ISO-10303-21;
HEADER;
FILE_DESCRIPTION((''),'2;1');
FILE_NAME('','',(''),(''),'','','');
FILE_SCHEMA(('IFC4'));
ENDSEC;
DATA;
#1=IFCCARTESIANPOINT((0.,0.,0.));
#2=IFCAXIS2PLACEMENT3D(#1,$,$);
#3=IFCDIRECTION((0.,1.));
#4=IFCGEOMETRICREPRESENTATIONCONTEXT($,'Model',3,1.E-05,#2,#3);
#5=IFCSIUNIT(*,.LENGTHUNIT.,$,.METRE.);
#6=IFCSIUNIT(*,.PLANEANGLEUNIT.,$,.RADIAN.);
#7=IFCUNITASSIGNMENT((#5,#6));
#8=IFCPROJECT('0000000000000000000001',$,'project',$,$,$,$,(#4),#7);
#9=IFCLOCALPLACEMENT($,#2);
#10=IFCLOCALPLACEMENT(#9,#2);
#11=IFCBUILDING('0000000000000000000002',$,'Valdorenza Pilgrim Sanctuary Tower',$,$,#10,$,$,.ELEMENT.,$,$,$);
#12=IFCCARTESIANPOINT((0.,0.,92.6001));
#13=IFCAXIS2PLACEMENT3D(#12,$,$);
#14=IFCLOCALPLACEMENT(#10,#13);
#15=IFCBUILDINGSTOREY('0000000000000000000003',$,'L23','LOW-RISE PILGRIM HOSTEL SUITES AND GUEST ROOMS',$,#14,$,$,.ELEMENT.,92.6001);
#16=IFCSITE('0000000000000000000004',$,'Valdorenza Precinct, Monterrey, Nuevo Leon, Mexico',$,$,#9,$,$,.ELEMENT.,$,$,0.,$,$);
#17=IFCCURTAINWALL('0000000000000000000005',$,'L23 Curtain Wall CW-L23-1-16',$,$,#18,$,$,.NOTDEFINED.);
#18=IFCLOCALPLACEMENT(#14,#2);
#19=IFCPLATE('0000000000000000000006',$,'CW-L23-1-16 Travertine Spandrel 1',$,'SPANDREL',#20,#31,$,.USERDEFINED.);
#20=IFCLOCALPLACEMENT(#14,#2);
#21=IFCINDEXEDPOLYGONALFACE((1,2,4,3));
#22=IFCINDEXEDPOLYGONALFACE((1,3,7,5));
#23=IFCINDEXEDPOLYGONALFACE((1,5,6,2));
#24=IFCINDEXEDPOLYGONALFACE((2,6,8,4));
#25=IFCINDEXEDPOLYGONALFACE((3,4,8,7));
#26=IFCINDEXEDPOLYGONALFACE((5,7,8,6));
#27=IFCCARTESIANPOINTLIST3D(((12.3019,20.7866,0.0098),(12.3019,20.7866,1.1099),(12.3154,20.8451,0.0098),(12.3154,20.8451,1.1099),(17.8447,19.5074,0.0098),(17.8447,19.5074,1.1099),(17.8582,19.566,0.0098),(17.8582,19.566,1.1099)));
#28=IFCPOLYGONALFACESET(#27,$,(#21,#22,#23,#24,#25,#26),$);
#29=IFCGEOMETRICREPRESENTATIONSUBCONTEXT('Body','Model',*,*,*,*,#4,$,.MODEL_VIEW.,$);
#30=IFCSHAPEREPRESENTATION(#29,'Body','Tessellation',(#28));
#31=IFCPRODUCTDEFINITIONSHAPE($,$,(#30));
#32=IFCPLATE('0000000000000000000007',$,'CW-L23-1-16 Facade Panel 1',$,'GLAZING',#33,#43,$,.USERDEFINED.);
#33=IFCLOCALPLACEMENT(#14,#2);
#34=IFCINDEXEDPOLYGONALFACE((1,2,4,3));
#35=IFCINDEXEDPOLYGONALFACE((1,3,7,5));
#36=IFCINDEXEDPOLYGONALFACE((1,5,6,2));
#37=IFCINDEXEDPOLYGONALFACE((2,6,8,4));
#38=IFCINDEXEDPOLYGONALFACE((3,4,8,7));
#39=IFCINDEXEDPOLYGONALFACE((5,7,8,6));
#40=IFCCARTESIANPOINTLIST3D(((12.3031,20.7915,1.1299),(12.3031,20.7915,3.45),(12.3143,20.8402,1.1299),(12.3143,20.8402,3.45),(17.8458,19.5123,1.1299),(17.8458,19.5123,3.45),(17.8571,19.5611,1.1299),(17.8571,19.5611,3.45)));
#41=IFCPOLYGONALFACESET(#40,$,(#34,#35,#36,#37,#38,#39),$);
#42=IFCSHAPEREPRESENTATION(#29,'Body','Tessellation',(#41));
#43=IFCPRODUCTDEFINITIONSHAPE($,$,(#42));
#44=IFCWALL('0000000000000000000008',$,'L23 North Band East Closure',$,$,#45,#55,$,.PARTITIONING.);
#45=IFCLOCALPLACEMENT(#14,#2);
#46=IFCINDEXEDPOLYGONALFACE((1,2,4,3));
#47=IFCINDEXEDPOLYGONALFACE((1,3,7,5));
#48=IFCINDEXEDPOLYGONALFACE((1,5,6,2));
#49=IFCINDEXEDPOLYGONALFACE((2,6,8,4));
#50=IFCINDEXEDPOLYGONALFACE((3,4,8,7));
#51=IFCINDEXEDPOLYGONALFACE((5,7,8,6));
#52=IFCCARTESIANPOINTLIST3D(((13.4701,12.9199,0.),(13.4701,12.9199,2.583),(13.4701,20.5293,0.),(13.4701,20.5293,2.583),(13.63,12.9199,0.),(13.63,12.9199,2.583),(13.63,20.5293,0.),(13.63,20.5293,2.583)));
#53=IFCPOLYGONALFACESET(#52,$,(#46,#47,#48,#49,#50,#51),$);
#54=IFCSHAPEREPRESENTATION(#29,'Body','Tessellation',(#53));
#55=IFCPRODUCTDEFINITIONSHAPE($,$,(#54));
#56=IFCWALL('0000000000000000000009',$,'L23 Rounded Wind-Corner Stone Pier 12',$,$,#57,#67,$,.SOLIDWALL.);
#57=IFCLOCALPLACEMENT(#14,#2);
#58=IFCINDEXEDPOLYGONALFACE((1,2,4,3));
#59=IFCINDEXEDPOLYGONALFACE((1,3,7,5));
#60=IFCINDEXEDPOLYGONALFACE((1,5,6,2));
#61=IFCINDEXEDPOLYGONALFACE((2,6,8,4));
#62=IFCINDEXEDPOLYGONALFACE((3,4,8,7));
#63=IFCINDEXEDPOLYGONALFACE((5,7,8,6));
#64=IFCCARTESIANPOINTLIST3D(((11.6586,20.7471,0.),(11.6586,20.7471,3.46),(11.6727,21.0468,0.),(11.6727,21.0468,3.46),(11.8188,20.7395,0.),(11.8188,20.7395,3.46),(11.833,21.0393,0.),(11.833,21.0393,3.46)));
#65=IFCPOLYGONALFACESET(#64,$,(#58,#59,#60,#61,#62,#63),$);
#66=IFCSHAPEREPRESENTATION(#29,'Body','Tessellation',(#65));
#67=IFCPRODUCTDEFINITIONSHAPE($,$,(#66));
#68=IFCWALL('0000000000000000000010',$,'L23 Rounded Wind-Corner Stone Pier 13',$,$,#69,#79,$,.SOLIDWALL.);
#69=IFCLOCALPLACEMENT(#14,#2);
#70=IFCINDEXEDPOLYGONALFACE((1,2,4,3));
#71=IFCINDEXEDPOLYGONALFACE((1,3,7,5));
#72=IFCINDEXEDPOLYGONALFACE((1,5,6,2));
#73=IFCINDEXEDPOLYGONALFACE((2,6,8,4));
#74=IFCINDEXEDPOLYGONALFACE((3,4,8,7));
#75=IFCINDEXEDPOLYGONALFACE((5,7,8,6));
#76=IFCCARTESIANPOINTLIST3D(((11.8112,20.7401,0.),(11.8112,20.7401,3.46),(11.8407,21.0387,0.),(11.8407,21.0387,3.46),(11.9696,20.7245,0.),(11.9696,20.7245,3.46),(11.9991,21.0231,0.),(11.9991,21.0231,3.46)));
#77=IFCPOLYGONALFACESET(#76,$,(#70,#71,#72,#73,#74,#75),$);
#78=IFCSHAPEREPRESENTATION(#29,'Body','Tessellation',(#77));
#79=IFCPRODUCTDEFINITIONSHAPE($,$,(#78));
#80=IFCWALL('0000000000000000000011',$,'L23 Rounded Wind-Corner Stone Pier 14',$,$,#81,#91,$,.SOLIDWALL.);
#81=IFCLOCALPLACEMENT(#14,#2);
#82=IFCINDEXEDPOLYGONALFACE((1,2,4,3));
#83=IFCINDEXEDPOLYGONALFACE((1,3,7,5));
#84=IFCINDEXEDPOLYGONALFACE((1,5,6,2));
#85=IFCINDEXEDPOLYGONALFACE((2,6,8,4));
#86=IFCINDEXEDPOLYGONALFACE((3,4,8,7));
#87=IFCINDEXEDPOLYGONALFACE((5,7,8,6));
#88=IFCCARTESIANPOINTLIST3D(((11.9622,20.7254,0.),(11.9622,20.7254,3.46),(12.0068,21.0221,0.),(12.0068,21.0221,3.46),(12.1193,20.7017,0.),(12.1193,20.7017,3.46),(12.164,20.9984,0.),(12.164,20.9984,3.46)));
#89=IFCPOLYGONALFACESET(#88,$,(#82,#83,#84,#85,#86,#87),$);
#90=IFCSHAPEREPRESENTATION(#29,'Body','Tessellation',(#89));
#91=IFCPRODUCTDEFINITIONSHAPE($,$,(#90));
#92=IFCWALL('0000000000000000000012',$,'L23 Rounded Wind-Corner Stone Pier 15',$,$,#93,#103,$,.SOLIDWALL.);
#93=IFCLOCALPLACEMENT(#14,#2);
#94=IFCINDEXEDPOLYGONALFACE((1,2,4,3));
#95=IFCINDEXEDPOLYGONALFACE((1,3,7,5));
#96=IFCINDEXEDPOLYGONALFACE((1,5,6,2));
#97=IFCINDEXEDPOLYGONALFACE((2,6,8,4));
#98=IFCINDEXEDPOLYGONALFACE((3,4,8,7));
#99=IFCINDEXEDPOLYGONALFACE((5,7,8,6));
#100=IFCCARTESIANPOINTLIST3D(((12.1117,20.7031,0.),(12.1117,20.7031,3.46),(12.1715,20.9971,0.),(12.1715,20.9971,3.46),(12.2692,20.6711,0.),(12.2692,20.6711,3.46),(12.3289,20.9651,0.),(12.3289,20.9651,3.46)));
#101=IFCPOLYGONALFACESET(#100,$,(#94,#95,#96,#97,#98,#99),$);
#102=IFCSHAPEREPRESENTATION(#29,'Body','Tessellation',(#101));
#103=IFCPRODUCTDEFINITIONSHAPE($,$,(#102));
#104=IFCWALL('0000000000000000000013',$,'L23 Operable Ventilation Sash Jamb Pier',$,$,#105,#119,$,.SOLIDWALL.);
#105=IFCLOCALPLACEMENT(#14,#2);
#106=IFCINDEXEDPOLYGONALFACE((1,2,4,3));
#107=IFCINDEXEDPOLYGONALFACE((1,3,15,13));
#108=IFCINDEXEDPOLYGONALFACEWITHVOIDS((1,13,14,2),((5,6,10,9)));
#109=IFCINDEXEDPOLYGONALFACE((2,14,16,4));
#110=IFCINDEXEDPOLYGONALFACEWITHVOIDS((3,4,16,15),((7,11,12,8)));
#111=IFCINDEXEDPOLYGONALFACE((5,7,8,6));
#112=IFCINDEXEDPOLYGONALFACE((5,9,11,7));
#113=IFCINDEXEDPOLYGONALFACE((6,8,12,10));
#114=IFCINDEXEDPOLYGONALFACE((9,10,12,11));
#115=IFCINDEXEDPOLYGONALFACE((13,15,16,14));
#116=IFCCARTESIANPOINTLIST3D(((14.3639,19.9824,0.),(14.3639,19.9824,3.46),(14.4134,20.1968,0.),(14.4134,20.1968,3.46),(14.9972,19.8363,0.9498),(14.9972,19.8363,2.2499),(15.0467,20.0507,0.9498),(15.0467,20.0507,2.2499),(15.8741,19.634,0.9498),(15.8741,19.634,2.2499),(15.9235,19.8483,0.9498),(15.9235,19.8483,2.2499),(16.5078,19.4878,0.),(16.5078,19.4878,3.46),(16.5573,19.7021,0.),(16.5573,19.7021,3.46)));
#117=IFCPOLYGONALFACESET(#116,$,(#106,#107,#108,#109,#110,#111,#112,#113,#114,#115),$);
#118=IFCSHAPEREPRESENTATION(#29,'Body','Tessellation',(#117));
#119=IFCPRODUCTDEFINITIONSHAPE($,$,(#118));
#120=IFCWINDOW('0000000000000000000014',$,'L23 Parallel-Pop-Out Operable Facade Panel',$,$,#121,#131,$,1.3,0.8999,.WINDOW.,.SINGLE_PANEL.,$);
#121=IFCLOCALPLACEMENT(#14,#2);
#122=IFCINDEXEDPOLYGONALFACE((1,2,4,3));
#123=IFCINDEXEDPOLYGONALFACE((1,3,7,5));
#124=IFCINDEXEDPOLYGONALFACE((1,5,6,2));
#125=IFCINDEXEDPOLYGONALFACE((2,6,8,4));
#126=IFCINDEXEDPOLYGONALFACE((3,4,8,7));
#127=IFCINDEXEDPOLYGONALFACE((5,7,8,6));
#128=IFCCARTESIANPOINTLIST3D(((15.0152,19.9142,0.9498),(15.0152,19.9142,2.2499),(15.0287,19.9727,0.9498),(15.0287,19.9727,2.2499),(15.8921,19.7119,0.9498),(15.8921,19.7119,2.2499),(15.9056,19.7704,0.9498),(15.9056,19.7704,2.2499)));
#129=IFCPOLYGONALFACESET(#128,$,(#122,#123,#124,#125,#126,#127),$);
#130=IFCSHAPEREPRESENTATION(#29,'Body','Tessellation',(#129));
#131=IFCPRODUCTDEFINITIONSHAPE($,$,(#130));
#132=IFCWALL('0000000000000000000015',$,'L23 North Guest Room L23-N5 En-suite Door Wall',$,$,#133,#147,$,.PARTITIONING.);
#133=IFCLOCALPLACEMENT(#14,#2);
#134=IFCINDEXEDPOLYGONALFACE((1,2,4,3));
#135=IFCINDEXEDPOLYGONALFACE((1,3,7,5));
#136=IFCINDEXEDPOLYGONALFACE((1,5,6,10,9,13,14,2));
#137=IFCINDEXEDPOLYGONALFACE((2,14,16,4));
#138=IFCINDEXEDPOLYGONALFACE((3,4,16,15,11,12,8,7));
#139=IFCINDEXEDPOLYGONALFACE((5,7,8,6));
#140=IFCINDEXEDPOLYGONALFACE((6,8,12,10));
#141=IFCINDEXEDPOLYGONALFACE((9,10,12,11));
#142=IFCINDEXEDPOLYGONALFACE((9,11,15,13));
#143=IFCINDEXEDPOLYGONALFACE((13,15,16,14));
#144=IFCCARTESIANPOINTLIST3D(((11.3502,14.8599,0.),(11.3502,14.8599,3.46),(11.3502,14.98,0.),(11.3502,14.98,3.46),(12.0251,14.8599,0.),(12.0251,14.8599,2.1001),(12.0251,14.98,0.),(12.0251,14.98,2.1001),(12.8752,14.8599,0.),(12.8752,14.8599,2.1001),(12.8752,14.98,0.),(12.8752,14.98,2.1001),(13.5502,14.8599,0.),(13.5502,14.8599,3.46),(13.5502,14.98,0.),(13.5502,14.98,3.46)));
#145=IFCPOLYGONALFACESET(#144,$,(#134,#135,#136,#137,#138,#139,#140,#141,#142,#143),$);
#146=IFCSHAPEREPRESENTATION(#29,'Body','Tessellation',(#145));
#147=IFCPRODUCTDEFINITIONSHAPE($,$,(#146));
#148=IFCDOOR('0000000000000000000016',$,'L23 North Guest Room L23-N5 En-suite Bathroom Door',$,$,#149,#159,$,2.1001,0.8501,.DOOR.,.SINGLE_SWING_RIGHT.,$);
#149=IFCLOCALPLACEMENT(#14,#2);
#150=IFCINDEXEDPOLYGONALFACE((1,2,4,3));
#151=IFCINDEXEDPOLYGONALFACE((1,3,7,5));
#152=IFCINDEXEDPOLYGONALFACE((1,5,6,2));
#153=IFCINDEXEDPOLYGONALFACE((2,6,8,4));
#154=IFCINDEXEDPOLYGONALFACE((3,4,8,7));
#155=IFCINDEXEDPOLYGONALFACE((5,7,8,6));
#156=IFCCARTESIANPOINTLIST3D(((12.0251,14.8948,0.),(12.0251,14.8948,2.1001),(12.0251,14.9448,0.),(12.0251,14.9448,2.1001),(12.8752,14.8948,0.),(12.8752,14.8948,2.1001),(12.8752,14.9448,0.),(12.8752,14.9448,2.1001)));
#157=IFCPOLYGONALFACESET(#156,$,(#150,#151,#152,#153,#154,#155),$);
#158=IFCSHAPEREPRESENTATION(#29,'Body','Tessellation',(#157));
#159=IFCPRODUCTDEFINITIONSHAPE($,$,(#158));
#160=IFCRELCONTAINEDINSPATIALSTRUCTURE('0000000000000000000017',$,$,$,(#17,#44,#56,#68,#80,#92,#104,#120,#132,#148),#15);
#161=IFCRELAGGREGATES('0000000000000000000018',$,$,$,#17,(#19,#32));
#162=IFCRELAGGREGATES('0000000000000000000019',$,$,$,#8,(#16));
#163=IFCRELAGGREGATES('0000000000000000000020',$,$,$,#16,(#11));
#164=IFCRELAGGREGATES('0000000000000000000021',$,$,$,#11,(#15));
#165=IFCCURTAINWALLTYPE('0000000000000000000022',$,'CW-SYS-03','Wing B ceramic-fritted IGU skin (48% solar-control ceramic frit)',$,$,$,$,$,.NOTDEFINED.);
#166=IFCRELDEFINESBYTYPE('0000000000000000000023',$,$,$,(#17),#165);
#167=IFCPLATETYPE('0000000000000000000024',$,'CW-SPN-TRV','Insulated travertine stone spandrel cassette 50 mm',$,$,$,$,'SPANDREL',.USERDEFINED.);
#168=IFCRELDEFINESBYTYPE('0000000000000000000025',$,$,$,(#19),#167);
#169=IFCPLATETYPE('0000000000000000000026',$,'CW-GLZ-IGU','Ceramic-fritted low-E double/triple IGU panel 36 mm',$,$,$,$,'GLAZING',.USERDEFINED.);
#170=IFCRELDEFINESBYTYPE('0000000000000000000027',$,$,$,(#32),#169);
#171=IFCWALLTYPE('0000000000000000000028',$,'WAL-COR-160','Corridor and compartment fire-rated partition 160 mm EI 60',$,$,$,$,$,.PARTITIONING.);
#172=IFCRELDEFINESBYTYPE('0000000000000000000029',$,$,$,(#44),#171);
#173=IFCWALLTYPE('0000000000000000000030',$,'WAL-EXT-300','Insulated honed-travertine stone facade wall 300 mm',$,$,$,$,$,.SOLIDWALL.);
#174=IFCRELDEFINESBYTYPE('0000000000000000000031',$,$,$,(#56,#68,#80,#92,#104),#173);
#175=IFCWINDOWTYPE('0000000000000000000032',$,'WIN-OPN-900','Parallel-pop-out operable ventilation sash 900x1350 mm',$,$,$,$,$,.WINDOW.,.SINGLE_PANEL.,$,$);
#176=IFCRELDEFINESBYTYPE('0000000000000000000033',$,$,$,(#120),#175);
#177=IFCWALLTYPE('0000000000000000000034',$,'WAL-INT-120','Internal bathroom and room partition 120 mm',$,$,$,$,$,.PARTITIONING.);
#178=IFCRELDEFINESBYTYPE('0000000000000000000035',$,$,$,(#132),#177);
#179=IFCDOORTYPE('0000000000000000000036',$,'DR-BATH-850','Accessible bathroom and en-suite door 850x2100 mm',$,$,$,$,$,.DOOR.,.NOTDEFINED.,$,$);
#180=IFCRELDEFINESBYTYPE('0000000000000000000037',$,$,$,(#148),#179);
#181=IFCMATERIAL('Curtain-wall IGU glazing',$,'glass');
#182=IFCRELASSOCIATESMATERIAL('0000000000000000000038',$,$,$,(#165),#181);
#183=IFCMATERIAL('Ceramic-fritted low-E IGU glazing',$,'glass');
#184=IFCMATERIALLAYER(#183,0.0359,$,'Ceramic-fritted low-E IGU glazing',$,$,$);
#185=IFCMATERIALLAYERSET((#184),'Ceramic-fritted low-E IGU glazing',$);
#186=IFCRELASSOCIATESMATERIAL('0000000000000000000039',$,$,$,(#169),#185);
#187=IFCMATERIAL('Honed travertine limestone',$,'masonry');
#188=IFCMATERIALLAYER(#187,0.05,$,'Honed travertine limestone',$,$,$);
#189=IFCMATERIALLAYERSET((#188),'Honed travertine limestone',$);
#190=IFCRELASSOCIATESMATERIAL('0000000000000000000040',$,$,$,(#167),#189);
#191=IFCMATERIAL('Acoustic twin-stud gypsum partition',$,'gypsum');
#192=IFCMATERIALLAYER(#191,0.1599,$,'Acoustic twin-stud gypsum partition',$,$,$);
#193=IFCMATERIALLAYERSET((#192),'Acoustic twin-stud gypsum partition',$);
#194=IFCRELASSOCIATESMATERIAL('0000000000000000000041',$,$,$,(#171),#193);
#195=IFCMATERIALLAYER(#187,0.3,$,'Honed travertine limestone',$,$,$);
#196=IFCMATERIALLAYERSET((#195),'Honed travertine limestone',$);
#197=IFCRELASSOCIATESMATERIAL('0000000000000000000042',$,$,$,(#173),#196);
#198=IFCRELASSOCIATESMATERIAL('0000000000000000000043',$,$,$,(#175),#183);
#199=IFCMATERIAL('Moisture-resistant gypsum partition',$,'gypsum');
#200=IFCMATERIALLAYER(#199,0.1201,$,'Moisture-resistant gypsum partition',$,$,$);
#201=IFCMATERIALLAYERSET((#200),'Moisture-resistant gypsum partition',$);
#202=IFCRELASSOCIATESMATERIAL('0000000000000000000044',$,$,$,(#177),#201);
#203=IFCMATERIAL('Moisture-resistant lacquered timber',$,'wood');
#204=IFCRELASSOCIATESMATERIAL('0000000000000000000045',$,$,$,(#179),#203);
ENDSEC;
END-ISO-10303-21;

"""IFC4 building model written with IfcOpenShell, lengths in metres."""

from ifc_helpers import new_model, si_unit, direction, frame, frame_2d, origin, origin_2d, place, context, subcontext, project, spatial, rectangle, extrude, source, transform, mapped, material, layer, layer_set, type_object, element, fill, aggregate, save


model = new_model("IFC4")

# Units and contexts
model_context = context("Model", 3, precision=1e-05, world=origin(), true_north=direction((0.0, 1.0)))
body_context = subcontext(model_context, "Body", "Model", "MODEL_VIEW")
ifc_project = project(units=[si_unit("LENGTHUNIT", "METRE"), si_unit("PLANEANGLEUNIT", "RADIAN")], contexts=[model_context])

# Site, building, storey
site_placement = place(None, origin())
site = spatial("IfcSite", under=ifc_project, at=site_placement, Name="Valdorenza Precinct, Monterrey, Nuevo Leon, Mexico", CompositionType="ELEMENT", RefElevation=0.0)
building_placement = place(site_placement, origin())
building = spatial("IfcBuilding", under=site, at=building_placement, Name="Valdorenza Pilgrim Sanctuary Tower", CompositionType="ELEMENT")
storey_placement = place(building_placement, frame((0.0, 0.0, 92.6001)))
storey = spatial("IfcBuildingStorey", under=building, at=storey_placement, Name="L23", Description="LOW-RISE PILGRIM HOSTEL SUITES AND GUEST ROOMS", CompositionType="ELEMENT", Elevation=92.6001)

# Curtain wall
ifc_material_1 = material(Name="Curtain-wall IGU glazing", Category="glass")
curtain_wall_type_1 = type_object("IfcCurtainWallType", Name="CW-SYS-03", Description="Wing B ceramic-fritted IGU skin (48% solar-control ceramic frit)", PredefinedType="NOTDEFINED", material=ifc_material_1)
curtain_wall_1_placement = place(storey_placement, origin())
curtain_wall_1 = element("IfcCurtainWall", 1, at=curtain_wall_1_placement, inside=storey, type_object=curtain_wall_type_1, Name="L23 Curtain Wall CW-L23-1-16", PredefinedType="NOTDEFINED")

# Plates
ifc_material_2 = material(Name="Ceramic-fritted low-E IGU glazing", Category="glass")
ifc_layer_1 = layer(ifc_material_2, 0.0359, Name="Ceramic-fritted low-E IGU glazing")
ifc_layer_set_1 = layer_set([ifc_layer_1], Name="Ceramic-fritted low-E IGU glazing")
plate_type_1 = type_object("IfcPlateType", Name="CW-GLZ-IGU", Description="Ceramic-fritted low-E double/triple IGU panel 36 mm", ElementType="GLAZING", PredefinedType="USERDEFINED", material=ifc_layer_set_1)
ifc_material_3 = material(Name="Honed travertine limestone", Category="masonry")
ifc_layer_2 = layer(ifc_material_3, 0.05, Name="Honed travertine limestone")
ifc_layer_set_2 = layer_set([ifc_layer_2], Name="Honed travertine limestone")
plate_type_2 = type_object("IfcPlateType", Name="CW-SPN-TRV", Description="Insulated travertine stone spandrel cassette 50 mm", ElementType="SPANDREL", PredefinedType="USERDEFINED", material=ifc_layer_set_2)
shared_shape_1 = source(origin(), body_context, "Body", "SweptSolid", [
    extrude(rectangle(XDim=5.6885, YDim=0.0601, at=origin_2d()), origin(), (0.0, 0.0, 1.0), 1.1001),
])
plate_1_placement = place(storey_placement, frame((15.0801, 20.1763, 0.0098), z_axis=(0.0, 0.0, 1.0), x_axis=(0.97439, -0.224866, 0.0)))
plate_1 = element("IfcPlate", 2, at=plate_1_placement, type_object=plate_type_2, Name="CW-L23-1-16 Travertine Spandrel 1", ObjectType="SPANDREL", PredefinedType="USERDEFINED", context=body_context, shape_type="MappedRepresentation", body=[
    mapped(shared_shape_1, transform((0.0, 0.0, 0.0), x_axis=(1.0, 0.0, 0.0), y_axis=(0.0, 1.0, 0.0), z_axis=(0.0, 0.0, 1.0), scale=1.0)),
])
shared_shape_2 = source(origin(), body_context, "Body", "SweptSolid", [
    extrude(rectangle(XDim=5.6885, YDim=0.05, at=origin_2d()), origin(), (0.0, 0.0, 1.0), 2.3201),
])
plate_2_placement = place(storey_placement, frame((15.0801, 20.1763, 1.1299), z_axis=(0.0, 0.0, 1.0), x_axis=(0.97439, -0.224866, 0.0)))
plate_2 = element("IfcPlate", 3, at=plate_2_placement, type_object=plate_type_1, Name="CW-L23-1-16 Facade Panel 1", ObjectType="GLAZING", PredefinedType="USERDEFINED", context=body_context, shape_type="MappedRepresentation", body=[
    mapped(shared_shape_2, transform((0.0, 0.0, 0.0), x_axis=(1.0, 0.0, 0.0), y_axis=(0.0, 1.0, 0.0), z_axis=(0.0, 0.0, 1.0), scale=1.0)),
])
aggregate(curtain_wall_1, [plate_1, plate_2])

# Walls
ifc_material_4 = material(Name="Acoustic twin-stud gypsum partition", Category="gypsum")
ifc_layer_3 = layer(ifc_material_4, 0.1599, Name="Acoustic twin-stud gypsum partition")
ifc_layer_set_3 = layer_set([ifc_layer_3], Name="Acoustic twin-stud gypsum partition")
wall_type_1 = type_object("IfcWallType", Name="WAL-COR-160", Description="Corridor and compartment fire-rated partition 160 mm EI 60", PredefinedType="PARTITIONING", material=ifc_layer_set_3)
wall_1_placement = place(storey_placement, frame((13.55, 12.9199, 0.0), z_axis=(0.0, 0.0, 1.0), x_axis=(0.0, 1.0, 0.0)))
element("IfcWall", 4, at=wall_1_placement, inside=storey, type_object=wall_type_1, Name="L23 North Band East Closure", PredefinedType="PARTITIONING", context=body_context, shape_type="SweptSolid", body=[
    extrude(rectangle(XDim=7.6094, YDim=0.1599, at=frame_2d((3.8047, 0.0))), origin(), (0.0, 0.0, 1.0), 2.583),
])
ifc_layer_4 = layer(ifc_material_3, 0.3, Name="Honed travertine limestone")
ifc_layer_set_4 = layer_set([ifc_layer_4], Name="Honed travertine limestone")
wall_type_2 = type_object("IfcWallType", Name="WAL-EXT-300", Description="Insulated honed-travertine stone facade wall 300 mm", PredefinedType="SOLIDWALL", material=ifc_layer_set_4)
wall_2_placement = place(storey_placement, frame((11.6658, 20.897, 0.0), z_axis=(0.0, 0.0, 1.0), x_axis=(0.998885, -0.047203, 0.0)))
element("IfcWall", 5, at=wall_2_placement, inside=storey, type_object=wall_type_2, Name="L23 Rounded Wind-Corner Stone Pier 12", PredefinedType="SOLIDWALL", context=body_context, shape_type="SweptSolid", body=[
    extrude(rectangle(XDim=0.1604, YDim=0.3, at=frame_2d((0.0801, 0.0))), origin(), (0.0, 0.0, 1.0), 3.46),
])
wall_3_placement = place(storey_placement, frame((11.8259, 20.8894, 0.0), z_axis=(0.0, 0.0, 1.0), x_axis=(0.995173, -0.098137, 0.0)))
element("IfcWall", 6, at=wall_3_placement, inside=storey, type_object=wall_type_2, Name="L23 Rounded Wind-Corner Stone Pier 13", PredefinedType="SOLIDWALL", context=body_context, shape_type="SweptSolid", body=[
    extrude(rectangle(XDim=0.1592, YDim=0.3, at=frame_2d((0.0796, 0.0))), origin(), (0.0, 0.0, 1.0), 3.46),
])
wall_4_placement = place(storey_placement, frame((11.9844, 20.8738, 0.0), z_axis=(0.0, 0.0, 1.0), x_axis=(0.988846, -0.148941, 0.0)))
element("IfcWall", 7, at=wall_4_placement, inside=storey, type_object=wall_type_2, Name="L23 Rounded Wind-Corner Stone Pier 14", PredefinedType="SOLIDWALL", context=body_context, shape_type="SweptSolid", body=[
    extrude(rectangle(XDim=0.1589, YDim=0.3, at=frame_2d((0.0796, 0.0))), origin(), (0.0, 0.0, 1.0), 3.46),
])
wall_5_placement = place(storey_placement, frame((12.1416, 20.8501, 0.0), z_axis=(0.0, 0.0, 1.0), x_axis=(0.979992, -0.199037, 0.0)))
element("IfcWall", 8, at=wall_5_placement, inside=storey, type_object=wall_type_2, Name="L23 Rounded Wind-Corner Stone Pier 15", PredefinedType="SOLIDWALL", context=body_context, shape_type="SweptSolid", body=[
    extrude(rectangle(XDim=0.1606, YDim=0.3, at=frame_2d((0.0803, 0.0))), origin(), (0.0, 0.0, 1.0), 3.46),
])

# Wall, opening, window
wall_6_placement = place(storey_placement, frame((14.3887, 20.0896, 0.0), z_axis=(0.0, 0.0, 1.0), x_axis=(0.974401, -0.224819, 0.0)))
wall_6 = element("IfcWall", 9, at=wall_6_placement, inside=storey, type_object=wall_type_2, Name="L23 Operable Ventilation Sash Jamb Pier", PredefinedType="SOLIDWALL", context=body_context, shape_type="SweptSolid", body=[
    extrude(rectangle(XDim=2.2002, YDim=0.22, at=frame_2d((1.1001, 0.0))), origin(), (0.0, 0.0, 1.0), 3.46),
])
opening_1_placement = place(wall_6_placement, frame((0.6499, 0.0, 0.95)))
opening_1 = element("IfcOpeningElement", 10, at=opening_1_placement, cuts=wall_6, PredefinedType="OPENING", context=body_context, shape_type="SweptSolid", body=[
    extrude(rectangle(XDim=0.8999, YDim=1.3, at=frame_2d((0.45, 0.6499))), frame((0.0, 0.125, 0.0), z_axis=(0.0, -1.0, 0.0), x_axis=(1.0, 0.0, 0.0)), (0.0, 0.0, 1.0), 0.2498),
])
window_type = type_object("IfcWindowType", Name="WIN-OPN-900", Description="Parallel-pop-out operable ventilation sash 900x1350 mm", PartitioningType="SINGLE_PANEL", PredefinedType="WINDOW", material=ifc_material_2)
window_placement = place(opening_1_placement, origin())
window = element("IfcWindow", 11, at=window_placement, inside=storey, type_object=window_type, Name="L23 Parallel-Pop-Out Operable Facade Panel", OverallHeight=1.3, OverallWidth=0.8999, PartitioningType="SINGLE_PANEL", PredefinedType="WINDOW", context=body_context, shape_type="SweptSolid", body=[
    extrude(rectangle(XDim=0.8999, YDim=1.3, at=frame_2d((0.45, 0.6499))), frame((0.0, 0.03, 0.0), z_axis=(0.0, -1.0, 0.0), x_axis=(1.0, 0.0, 0.0)), (0.0, 0.0, 1.0), 0.0601),
])
fill(opening_1, window)

# Wall, opening, door
ifc_material_5 = material(Name="Moisture-resistant gypsum partition", Category="gypsum")
ifc_layer_5 = layer(ifc_material_5, 0.1201, Name="Moisture-resistant gypsum partition")
ifc_layer_set_5 = layer_set([ifc_layer_5], Name="Moisture-resistant gypsum partition")
wall_type_3 = type_object("IfcWallType", Name="WAL-INT-120", Description="Internal bathroom and room partition 120 mm", PredefinedType="PARTITIONING", material=ifc_layer_set_5)
wall_7_placement = place(storey_placement, frame((11.3501, 14.9199, 0.0), z_axis=(0.0, 0.0, 1.0), x_axis=(1.0, 0.0, 0.0)))
wall_7 = element("IfcWall", 12, at=wall_7_placement, inside=storey, type_object=wall_type_3, Name="L23 North Guest Room L23-N5 En-suite Door Wall", PredefinedType="PARTITIONING", context=body_context, shape_type="SweptSolid", body=[
    extrude(rectangle(XDim=2.2, YDim=0.1201, at=frame_2d((1.1001, 0.0))), origin(), (0.0, 0.0, 1.0), 3.46),
])
opening_2_placement = place(wall_7_placement, frame((0.675, 0.0, 0.0)))
opening_2 = element("IfcOpeningElement", 13, at=opening_2_placement, cuts=wall_7, PredefinedType="OPENING", context=body_context, shape_type="SweptSolid", body=[
    extrude(rectangle(XDim=0.8501, YDim=2.1001, at=frame_2d((0.425, 1.05))), frame((0.0, 0.075, 0.0), z_axis=(0.0, -1.0, 0.0), x_axis=(1.0, 0.0, 0.0)), (0.0, 0.0, 1.0), 0.1499),
])
ifc_material_6 = material(Name="Moisture-resistant lacquered timber", Category="wood")
door_type = type_object("IfcDoorType", Name="DR-BATH-850", Description="Accessible bathroom and en-suite door 850x2100 mm", OperationType="NOTDEFINED", PredefinedType="DOOR", material=ifc_material_6)
door_placement = place(opening_2_placement, origin())
door = element("IfcDoor", 14, at=door_placement, inside=storey, type_object=door_type, Name="L23 North Guest Room L23-N5 En-suite Bathroom Door", OperationType="SINGLE_SWING_RIGHT", OverallHeight=2.1001, OverallWidth=0.8501, PredefinedType="DOOR", context=body_context, shape_type="SweptSolid", body=[
    extrude(rectangle(XDim=0.8501, YDim=2.1001, at=frame_2d((0.425, 1.05))), frame((0.0, 0.0249, 0.0), z_axis=(0.0, -1.0, 0.0), x_axis=(1.0, 0.0, 0.0)), (0.0, 0.0, 1.0), 0.05),
])
fill(opening_2, door)

save(model, "model.ifc")
